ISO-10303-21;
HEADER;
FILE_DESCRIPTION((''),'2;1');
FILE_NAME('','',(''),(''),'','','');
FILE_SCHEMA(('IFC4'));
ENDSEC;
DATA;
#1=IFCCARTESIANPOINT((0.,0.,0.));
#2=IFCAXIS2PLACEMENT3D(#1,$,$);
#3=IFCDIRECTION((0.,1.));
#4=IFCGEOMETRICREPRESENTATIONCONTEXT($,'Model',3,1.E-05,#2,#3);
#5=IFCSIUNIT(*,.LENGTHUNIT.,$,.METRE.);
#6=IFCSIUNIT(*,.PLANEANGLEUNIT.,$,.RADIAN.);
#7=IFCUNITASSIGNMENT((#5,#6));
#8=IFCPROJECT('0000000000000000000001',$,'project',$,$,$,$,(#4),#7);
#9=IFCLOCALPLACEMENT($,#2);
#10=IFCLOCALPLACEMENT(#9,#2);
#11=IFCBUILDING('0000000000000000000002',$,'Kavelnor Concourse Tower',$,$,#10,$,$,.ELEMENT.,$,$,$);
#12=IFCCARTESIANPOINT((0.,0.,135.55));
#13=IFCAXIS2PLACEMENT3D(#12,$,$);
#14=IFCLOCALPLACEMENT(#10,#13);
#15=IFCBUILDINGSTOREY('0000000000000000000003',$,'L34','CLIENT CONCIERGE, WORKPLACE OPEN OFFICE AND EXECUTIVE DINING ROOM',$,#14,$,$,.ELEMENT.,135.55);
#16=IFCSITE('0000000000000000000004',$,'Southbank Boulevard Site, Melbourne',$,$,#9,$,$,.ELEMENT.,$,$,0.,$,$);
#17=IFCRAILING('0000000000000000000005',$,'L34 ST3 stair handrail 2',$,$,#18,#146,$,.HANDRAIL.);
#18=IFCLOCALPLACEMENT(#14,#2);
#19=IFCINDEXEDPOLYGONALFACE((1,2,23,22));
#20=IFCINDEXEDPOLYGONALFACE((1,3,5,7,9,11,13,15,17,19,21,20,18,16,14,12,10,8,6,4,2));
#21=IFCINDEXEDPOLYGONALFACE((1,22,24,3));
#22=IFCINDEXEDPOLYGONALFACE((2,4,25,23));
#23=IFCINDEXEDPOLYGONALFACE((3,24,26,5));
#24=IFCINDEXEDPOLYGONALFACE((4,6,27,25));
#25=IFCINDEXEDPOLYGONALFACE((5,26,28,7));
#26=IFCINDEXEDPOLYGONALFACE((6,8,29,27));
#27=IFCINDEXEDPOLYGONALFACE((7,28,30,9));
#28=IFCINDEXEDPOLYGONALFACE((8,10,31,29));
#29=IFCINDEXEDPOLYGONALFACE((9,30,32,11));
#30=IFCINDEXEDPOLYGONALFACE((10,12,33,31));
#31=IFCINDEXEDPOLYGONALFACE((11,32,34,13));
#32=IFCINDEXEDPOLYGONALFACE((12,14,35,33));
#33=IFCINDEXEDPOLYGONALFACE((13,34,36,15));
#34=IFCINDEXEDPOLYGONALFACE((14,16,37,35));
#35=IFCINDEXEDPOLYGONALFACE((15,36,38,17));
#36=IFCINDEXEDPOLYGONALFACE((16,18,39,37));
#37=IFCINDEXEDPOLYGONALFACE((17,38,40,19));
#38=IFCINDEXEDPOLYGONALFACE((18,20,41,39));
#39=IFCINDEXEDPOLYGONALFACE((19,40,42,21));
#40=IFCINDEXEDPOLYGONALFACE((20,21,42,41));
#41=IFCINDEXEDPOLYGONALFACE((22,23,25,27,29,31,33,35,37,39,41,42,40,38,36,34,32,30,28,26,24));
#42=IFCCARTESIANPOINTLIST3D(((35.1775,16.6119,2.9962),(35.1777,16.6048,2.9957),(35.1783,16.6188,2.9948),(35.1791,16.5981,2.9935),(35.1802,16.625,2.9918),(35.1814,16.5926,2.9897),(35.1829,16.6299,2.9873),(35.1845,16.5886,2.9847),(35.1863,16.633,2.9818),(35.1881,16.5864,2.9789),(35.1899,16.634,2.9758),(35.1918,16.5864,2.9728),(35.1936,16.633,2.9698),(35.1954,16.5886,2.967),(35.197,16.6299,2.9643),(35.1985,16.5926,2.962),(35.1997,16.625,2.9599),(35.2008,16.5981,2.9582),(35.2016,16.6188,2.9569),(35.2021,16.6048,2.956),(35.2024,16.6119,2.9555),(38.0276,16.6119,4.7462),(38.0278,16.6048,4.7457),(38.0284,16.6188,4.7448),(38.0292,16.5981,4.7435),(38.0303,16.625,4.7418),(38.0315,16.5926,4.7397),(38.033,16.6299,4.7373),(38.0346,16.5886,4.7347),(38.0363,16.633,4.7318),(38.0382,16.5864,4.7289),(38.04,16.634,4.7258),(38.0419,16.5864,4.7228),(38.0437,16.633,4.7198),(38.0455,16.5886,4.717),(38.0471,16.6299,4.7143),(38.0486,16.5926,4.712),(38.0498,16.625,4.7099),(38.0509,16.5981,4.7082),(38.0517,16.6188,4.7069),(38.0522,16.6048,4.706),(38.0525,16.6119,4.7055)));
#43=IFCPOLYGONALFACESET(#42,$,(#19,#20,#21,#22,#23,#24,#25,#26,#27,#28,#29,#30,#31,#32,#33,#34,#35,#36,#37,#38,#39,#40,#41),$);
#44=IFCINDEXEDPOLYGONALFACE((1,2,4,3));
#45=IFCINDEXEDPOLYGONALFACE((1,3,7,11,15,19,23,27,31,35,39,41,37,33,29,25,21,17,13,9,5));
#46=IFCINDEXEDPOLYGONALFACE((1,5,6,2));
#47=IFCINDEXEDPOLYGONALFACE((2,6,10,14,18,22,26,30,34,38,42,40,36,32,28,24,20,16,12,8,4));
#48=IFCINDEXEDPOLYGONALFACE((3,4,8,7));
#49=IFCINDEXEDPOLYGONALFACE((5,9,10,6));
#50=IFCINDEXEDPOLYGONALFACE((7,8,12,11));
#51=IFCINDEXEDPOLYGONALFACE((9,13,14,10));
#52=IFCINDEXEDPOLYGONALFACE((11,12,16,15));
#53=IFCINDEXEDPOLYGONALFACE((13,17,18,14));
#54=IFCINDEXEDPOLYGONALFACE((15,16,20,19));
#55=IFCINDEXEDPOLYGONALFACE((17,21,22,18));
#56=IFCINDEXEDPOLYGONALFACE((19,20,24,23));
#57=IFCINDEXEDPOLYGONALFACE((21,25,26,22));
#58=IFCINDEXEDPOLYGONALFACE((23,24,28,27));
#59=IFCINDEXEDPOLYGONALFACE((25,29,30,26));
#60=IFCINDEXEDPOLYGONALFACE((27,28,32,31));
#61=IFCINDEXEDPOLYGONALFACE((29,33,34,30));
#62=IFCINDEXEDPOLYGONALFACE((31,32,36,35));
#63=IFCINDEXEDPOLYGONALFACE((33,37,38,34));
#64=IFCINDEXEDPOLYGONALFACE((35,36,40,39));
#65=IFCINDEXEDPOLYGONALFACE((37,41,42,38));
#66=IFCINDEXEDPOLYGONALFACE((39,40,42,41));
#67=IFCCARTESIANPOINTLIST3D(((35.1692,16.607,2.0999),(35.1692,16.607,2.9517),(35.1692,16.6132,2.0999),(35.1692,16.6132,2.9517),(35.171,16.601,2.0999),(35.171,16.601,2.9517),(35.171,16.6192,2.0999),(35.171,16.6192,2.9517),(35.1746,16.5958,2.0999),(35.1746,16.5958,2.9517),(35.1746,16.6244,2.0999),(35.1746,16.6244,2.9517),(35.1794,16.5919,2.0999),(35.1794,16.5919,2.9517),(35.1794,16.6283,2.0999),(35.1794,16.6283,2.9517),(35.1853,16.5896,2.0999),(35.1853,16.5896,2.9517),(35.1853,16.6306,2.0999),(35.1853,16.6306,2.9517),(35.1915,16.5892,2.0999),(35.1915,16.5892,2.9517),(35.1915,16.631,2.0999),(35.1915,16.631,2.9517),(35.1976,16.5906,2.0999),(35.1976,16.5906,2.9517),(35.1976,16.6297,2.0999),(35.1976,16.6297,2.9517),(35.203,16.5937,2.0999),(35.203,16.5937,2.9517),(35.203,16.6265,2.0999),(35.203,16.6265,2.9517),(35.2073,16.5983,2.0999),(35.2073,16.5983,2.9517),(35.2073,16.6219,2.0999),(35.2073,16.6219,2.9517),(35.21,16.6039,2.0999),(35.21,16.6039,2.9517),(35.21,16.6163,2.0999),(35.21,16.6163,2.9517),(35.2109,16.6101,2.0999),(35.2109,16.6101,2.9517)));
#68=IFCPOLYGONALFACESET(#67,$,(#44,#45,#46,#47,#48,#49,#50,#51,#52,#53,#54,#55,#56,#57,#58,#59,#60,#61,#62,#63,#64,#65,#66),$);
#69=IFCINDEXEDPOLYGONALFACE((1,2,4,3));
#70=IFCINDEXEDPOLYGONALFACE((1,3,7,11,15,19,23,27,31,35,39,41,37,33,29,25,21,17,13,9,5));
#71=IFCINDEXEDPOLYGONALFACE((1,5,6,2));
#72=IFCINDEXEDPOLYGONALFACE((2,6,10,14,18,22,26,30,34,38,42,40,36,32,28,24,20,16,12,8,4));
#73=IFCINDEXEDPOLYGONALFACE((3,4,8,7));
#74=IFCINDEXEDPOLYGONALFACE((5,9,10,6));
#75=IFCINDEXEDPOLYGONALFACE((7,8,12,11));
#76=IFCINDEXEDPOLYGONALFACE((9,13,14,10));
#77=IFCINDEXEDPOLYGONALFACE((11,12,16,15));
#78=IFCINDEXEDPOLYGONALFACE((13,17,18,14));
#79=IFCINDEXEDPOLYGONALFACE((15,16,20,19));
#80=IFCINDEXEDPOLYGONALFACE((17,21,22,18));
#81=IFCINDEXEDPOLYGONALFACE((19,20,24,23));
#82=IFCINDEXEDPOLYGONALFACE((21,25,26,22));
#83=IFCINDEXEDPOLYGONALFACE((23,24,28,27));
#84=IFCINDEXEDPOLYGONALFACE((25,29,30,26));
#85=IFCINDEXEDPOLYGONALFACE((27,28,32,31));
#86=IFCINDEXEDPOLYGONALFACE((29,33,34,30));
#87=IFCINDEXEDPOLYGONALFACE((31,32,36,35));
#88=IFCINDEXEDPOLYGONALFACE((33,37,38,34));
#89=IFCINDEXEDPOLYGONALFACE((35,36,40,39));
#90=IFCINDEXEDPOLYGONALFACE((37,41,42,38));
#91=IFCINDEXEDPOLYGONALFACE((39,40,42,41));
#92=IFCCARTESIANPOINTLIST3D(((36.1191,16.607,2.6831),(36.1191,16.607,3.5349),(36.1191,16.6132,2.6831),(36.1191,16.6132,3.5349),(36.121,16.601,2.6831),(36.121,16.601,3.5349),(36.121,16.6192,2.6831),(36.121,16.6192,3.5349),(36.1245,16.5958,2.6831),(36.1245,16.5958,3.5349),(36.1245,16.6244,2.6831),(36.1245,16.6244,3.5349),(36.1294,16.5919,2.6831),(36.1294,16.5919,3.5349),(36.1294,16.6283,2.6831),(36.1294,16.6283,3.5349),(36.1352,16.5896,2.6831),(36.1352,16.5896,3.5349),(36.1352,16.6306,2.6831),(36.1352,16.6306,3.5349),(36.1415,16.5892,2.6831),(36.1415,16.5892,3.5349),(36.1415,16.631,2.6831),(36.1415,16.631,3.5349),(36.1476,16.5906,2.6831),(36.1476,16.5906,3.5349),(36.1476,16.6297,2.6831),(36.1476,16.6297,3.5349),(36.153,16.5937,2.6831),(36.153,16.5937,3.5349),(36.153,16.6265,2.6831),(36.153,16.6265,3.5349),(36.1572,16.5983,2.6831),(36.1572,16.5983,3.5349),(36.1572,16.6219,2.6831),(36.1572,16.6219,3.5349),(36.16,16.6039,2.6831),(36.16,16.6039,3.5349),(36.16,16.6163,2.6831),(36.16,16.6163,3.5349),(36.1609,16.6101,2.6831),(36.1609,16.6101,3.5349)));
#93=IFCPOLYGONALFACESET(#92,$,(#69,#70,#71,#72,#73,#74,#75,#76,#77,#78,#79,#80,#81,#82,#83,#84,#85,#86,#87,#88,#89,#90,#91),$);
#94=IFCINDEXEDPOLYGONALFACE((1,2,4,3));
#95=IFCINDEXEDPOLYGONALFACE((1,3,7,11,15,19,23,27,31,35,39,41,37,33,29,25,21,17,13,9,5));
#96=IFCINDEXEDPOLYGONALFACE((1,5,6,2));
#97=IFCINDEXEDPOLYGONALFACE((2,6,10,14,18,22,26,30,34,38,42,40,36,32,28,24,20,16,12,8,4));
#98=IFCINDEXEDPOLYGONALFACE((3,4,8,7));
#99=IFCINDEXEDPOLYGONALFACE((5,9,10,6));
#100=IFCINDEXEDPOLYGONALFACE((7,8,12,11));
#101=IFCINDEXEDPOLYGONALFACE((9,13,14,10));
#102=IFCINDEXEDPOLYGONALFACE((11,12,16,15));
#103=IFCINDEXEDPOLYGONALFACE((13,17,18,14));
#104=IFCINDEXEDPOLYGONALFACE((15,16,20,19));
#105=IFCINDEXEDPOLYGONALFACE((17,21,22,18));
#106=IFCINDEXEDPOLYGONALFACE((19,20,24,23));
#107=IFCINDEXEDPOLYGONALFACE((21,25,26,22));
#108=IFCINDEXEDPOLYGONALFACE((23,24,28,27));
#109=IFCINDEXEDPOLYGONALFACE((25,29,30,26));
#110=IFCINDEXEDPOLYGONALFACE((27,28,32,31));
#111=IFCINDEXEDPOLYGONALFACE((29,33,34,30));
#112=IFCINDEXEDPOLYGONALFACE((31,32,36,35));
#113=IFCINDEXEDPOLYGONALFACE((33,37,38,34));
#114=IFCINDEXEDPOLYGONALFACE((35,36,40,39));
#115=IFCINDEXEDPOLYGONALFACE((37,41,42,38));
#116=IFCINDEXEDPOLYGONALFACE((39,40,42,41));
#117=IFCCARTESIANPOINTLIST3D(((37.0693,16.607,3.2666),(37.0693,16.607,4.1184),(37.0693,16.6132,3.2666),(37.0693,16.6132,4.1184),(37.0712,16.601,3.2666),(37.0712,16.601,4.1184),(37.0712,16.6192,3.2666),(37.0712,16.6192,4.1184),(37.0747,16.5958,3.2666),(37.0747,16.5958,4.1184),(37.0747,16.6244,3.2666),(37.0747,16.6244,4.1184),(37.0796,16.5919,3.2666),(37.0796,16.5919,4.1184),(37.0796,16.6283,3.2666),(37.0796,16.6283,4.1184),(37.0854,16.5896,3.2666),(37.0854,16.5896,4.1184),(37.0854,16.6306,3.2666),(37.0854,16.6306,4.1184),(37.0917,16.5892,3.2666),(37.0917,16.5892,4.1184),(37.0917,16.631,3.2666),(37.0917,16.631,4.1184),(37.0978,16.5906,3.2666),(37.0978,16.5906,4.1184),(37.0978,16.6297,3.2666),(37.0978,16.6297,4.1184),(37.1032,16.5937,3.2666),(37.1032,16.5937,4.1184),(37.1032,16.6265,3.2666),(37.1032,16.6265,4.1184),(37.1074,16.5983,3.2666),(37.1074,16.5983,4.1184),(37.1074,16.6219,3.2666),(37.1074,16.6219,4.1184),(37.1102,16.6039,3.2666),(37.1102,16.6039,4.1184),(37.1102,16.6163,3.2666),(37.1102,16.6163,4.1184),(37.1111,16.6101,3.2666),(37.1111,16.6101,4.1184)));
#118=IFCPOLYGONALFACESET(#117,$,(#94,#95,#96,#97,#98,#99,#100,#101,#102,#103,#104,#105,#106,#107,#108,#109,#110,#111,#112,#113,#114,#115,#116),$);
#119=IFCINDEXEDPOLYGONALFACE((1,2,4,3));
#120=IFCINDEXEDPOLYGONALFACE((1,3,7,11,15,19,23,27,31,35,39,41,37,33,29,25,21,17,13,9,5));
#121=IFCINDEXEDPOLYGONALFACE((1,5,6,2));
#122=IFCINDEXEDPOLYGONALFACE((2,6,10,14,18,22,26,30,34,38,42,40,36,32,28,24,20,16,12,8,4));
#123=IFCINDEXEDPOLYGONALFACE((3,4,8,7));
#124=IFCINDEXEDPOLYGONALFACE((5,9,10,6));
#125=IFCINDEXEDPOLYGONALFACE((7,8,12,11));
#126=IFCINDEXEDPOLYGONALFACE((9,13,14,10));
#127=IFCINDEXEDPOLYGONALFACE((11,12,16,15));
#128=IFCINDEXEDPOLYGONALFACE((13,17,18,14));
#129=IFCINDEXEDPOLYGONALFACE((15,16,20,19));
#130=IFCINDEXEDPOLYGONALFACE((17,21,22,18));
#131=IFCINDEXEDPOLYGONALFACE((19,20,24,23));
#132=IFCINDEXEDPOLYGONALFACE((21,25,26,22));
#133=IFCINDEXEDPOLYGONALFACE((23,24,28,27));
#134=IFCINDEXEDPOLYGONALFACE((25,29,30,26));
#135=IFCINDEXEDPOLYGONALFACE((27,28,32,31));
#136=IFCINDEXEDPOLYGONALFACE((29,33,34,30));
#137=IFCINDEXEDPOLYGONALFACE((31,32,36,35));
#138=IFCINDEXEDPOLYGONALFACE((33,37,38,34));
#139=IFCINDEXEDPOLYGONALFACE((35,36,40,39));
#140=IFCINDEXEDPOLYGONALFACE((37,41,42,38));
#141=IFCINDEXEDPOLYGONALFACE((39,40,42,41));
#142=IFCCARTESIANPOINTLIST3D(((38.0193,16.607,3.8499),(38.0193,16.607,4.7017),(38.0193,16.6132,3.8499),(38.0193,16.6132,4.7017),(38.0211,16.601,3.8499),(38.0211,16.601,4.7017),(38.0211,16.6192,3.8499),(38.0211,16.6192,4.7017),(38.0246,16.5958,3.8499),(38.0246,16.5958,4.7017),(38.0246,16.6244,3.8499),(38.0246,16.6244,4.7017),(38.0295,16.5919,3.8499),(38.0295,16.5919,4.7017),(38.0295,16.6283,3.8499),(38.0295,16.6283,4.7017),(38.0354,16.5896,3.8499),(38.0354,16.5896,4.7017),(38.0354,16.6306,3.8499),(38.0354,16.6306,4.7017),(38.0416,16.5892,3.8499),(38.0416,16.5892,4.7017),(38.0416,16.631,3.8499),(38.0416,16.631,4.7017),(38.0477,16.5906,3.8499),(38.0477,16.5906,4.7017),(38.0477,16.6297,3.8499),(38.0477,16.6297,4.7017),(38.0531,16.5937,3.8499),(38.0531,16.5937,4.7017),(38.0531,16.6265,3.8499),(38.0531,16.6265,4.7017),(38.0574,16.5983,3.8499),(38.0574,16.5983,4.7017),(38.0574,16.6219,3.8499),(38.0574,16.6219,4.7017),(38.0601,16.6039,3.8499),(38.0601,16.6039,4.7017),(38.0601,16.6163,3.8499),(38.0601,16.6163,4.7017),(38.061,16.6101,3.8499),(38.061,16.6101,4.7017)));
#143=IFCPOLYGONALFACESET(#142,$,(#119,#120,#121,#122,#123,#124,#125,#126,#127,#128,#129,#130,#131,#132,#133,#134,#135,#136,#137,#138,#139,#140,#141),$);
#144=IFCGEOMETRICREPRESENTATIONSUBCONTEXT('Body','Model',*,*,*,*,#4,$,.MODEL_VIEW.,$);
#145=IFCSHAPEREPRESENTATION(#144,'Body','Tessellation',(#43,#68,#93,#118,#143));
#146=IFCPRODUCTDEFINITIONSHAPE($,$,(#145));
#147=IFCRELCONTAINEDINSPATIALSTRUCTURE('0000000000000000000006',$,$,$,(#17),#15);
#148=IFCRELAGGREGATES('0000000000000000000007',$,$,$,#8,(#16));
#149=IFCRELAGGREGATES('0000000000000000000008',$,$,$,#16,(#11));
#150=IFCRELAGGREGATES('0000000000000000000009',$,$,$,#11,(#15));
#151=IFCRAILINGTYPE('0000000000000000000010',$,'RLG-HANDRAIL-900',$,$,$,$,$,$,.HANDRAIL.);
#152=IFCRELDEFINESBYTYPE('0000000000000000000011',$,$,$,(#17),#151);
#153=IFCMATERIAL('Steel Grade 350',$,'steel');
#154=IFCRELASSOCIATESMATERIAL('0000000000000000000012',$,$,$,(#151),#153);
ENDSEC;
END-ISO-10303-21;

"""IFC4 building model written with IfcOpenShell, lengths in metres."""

from ifc_helpers import new_model, si_unit, direction, frame, origin, origin_2d, place, context, subcontext, project, spatial, circle, extrude, material, type_object, element, save


model = new_model("IFC4")

# Units and contexts
model_context = context("Model", 3, precision=1e-05, world=origin(), true_north=direction((0.0, 1.0)))
body_context = subcontext(model_context, "Body", "Model", "MODEL_VIEW")
ifc_project = project(units=[si_unit("LENGTHUNIT", "METRE"), si_unit("PLANEANGLEUNIT", "RADIAN")], contexts=[model_context])

# Site, building, storey
site_placement = place(None, origin())
site = spatial("IfcSite", under=ifc_project, at=site_placement, Name="Southbank Boulevard Site, Melbourne", CompositionType="ELEMENT", RefElevation=0.0)
building_placement = place(site_placement, origin())
building = spatial("IfcBuilding", under=site, at=building_placement, Name="Kavelnor Concourse Tower", CompositionType="ELEMENT")
storey_placement = place(building_placement, frame((0.0, 0.0, 135.55)))
storey = spatial("IfcBuildingStorey", under=building, at=storey_placement, Name="L34", Description="CLIENT CONCIERGE, WORKPLACE OPEN OFFICE AND EXECUTIVE DINING ROOM", CompositionType="ELEMENT", Elevation=135.55)

# Shared definitions
ifc_material_1 = material(Name="Steel Grade 350", Category="steel")

# Railing
railing_type_1 = type_object("IfcRailingType", Name="RLG-HANDRAIL-900", PredefinedType="HANDRAIL", material=ifc_material_1)
railing_1_placement = place(storey_placement, frame((35.1899, 16.6101, 2.0999)))
element("IfcRailing", 1, at=railing_1_placement, inside=storey, type_object=railing_type_1, Name="L34 ST3 stair handrail 2", PredefinedType="HANDRAIL", context=body_context, shape_type="SweptSolid", body=[
    extrude(circle(Radius=0.0239, at=origin_2d()), frame((0.0, 0.0, 0.876), z_axis=(0.852179, 0.0, 0.52325), x_axis=(0.0, 1.0, 0.0)), (0.0, 0.0, 1.0), 3.3445),
    extrude(circle(Radius=0.021, at=origin_2d()), origin(), (0.0, 0.0, 1.0), 0.8518),
    extrude(circle(Radius=0.021, at=origin_2d()), frame((0.95, 0.0, 0.5833)), (0.0, 0.0, 1.0), 0.8518),
    extrude(circle(Radius=0.021, at=origin_2d()), frame((1.9001, 0.0, 1.1667)), (0.0, 0.0, 1.0), 0.8518),
    extrude(circle(Radius=0.021, at=origin_2d()), frame((2.8501, 0.0, 1.75)), (0.0, 0.0, 1.0), 0.8518),
])

save(model, "model.ifc")
